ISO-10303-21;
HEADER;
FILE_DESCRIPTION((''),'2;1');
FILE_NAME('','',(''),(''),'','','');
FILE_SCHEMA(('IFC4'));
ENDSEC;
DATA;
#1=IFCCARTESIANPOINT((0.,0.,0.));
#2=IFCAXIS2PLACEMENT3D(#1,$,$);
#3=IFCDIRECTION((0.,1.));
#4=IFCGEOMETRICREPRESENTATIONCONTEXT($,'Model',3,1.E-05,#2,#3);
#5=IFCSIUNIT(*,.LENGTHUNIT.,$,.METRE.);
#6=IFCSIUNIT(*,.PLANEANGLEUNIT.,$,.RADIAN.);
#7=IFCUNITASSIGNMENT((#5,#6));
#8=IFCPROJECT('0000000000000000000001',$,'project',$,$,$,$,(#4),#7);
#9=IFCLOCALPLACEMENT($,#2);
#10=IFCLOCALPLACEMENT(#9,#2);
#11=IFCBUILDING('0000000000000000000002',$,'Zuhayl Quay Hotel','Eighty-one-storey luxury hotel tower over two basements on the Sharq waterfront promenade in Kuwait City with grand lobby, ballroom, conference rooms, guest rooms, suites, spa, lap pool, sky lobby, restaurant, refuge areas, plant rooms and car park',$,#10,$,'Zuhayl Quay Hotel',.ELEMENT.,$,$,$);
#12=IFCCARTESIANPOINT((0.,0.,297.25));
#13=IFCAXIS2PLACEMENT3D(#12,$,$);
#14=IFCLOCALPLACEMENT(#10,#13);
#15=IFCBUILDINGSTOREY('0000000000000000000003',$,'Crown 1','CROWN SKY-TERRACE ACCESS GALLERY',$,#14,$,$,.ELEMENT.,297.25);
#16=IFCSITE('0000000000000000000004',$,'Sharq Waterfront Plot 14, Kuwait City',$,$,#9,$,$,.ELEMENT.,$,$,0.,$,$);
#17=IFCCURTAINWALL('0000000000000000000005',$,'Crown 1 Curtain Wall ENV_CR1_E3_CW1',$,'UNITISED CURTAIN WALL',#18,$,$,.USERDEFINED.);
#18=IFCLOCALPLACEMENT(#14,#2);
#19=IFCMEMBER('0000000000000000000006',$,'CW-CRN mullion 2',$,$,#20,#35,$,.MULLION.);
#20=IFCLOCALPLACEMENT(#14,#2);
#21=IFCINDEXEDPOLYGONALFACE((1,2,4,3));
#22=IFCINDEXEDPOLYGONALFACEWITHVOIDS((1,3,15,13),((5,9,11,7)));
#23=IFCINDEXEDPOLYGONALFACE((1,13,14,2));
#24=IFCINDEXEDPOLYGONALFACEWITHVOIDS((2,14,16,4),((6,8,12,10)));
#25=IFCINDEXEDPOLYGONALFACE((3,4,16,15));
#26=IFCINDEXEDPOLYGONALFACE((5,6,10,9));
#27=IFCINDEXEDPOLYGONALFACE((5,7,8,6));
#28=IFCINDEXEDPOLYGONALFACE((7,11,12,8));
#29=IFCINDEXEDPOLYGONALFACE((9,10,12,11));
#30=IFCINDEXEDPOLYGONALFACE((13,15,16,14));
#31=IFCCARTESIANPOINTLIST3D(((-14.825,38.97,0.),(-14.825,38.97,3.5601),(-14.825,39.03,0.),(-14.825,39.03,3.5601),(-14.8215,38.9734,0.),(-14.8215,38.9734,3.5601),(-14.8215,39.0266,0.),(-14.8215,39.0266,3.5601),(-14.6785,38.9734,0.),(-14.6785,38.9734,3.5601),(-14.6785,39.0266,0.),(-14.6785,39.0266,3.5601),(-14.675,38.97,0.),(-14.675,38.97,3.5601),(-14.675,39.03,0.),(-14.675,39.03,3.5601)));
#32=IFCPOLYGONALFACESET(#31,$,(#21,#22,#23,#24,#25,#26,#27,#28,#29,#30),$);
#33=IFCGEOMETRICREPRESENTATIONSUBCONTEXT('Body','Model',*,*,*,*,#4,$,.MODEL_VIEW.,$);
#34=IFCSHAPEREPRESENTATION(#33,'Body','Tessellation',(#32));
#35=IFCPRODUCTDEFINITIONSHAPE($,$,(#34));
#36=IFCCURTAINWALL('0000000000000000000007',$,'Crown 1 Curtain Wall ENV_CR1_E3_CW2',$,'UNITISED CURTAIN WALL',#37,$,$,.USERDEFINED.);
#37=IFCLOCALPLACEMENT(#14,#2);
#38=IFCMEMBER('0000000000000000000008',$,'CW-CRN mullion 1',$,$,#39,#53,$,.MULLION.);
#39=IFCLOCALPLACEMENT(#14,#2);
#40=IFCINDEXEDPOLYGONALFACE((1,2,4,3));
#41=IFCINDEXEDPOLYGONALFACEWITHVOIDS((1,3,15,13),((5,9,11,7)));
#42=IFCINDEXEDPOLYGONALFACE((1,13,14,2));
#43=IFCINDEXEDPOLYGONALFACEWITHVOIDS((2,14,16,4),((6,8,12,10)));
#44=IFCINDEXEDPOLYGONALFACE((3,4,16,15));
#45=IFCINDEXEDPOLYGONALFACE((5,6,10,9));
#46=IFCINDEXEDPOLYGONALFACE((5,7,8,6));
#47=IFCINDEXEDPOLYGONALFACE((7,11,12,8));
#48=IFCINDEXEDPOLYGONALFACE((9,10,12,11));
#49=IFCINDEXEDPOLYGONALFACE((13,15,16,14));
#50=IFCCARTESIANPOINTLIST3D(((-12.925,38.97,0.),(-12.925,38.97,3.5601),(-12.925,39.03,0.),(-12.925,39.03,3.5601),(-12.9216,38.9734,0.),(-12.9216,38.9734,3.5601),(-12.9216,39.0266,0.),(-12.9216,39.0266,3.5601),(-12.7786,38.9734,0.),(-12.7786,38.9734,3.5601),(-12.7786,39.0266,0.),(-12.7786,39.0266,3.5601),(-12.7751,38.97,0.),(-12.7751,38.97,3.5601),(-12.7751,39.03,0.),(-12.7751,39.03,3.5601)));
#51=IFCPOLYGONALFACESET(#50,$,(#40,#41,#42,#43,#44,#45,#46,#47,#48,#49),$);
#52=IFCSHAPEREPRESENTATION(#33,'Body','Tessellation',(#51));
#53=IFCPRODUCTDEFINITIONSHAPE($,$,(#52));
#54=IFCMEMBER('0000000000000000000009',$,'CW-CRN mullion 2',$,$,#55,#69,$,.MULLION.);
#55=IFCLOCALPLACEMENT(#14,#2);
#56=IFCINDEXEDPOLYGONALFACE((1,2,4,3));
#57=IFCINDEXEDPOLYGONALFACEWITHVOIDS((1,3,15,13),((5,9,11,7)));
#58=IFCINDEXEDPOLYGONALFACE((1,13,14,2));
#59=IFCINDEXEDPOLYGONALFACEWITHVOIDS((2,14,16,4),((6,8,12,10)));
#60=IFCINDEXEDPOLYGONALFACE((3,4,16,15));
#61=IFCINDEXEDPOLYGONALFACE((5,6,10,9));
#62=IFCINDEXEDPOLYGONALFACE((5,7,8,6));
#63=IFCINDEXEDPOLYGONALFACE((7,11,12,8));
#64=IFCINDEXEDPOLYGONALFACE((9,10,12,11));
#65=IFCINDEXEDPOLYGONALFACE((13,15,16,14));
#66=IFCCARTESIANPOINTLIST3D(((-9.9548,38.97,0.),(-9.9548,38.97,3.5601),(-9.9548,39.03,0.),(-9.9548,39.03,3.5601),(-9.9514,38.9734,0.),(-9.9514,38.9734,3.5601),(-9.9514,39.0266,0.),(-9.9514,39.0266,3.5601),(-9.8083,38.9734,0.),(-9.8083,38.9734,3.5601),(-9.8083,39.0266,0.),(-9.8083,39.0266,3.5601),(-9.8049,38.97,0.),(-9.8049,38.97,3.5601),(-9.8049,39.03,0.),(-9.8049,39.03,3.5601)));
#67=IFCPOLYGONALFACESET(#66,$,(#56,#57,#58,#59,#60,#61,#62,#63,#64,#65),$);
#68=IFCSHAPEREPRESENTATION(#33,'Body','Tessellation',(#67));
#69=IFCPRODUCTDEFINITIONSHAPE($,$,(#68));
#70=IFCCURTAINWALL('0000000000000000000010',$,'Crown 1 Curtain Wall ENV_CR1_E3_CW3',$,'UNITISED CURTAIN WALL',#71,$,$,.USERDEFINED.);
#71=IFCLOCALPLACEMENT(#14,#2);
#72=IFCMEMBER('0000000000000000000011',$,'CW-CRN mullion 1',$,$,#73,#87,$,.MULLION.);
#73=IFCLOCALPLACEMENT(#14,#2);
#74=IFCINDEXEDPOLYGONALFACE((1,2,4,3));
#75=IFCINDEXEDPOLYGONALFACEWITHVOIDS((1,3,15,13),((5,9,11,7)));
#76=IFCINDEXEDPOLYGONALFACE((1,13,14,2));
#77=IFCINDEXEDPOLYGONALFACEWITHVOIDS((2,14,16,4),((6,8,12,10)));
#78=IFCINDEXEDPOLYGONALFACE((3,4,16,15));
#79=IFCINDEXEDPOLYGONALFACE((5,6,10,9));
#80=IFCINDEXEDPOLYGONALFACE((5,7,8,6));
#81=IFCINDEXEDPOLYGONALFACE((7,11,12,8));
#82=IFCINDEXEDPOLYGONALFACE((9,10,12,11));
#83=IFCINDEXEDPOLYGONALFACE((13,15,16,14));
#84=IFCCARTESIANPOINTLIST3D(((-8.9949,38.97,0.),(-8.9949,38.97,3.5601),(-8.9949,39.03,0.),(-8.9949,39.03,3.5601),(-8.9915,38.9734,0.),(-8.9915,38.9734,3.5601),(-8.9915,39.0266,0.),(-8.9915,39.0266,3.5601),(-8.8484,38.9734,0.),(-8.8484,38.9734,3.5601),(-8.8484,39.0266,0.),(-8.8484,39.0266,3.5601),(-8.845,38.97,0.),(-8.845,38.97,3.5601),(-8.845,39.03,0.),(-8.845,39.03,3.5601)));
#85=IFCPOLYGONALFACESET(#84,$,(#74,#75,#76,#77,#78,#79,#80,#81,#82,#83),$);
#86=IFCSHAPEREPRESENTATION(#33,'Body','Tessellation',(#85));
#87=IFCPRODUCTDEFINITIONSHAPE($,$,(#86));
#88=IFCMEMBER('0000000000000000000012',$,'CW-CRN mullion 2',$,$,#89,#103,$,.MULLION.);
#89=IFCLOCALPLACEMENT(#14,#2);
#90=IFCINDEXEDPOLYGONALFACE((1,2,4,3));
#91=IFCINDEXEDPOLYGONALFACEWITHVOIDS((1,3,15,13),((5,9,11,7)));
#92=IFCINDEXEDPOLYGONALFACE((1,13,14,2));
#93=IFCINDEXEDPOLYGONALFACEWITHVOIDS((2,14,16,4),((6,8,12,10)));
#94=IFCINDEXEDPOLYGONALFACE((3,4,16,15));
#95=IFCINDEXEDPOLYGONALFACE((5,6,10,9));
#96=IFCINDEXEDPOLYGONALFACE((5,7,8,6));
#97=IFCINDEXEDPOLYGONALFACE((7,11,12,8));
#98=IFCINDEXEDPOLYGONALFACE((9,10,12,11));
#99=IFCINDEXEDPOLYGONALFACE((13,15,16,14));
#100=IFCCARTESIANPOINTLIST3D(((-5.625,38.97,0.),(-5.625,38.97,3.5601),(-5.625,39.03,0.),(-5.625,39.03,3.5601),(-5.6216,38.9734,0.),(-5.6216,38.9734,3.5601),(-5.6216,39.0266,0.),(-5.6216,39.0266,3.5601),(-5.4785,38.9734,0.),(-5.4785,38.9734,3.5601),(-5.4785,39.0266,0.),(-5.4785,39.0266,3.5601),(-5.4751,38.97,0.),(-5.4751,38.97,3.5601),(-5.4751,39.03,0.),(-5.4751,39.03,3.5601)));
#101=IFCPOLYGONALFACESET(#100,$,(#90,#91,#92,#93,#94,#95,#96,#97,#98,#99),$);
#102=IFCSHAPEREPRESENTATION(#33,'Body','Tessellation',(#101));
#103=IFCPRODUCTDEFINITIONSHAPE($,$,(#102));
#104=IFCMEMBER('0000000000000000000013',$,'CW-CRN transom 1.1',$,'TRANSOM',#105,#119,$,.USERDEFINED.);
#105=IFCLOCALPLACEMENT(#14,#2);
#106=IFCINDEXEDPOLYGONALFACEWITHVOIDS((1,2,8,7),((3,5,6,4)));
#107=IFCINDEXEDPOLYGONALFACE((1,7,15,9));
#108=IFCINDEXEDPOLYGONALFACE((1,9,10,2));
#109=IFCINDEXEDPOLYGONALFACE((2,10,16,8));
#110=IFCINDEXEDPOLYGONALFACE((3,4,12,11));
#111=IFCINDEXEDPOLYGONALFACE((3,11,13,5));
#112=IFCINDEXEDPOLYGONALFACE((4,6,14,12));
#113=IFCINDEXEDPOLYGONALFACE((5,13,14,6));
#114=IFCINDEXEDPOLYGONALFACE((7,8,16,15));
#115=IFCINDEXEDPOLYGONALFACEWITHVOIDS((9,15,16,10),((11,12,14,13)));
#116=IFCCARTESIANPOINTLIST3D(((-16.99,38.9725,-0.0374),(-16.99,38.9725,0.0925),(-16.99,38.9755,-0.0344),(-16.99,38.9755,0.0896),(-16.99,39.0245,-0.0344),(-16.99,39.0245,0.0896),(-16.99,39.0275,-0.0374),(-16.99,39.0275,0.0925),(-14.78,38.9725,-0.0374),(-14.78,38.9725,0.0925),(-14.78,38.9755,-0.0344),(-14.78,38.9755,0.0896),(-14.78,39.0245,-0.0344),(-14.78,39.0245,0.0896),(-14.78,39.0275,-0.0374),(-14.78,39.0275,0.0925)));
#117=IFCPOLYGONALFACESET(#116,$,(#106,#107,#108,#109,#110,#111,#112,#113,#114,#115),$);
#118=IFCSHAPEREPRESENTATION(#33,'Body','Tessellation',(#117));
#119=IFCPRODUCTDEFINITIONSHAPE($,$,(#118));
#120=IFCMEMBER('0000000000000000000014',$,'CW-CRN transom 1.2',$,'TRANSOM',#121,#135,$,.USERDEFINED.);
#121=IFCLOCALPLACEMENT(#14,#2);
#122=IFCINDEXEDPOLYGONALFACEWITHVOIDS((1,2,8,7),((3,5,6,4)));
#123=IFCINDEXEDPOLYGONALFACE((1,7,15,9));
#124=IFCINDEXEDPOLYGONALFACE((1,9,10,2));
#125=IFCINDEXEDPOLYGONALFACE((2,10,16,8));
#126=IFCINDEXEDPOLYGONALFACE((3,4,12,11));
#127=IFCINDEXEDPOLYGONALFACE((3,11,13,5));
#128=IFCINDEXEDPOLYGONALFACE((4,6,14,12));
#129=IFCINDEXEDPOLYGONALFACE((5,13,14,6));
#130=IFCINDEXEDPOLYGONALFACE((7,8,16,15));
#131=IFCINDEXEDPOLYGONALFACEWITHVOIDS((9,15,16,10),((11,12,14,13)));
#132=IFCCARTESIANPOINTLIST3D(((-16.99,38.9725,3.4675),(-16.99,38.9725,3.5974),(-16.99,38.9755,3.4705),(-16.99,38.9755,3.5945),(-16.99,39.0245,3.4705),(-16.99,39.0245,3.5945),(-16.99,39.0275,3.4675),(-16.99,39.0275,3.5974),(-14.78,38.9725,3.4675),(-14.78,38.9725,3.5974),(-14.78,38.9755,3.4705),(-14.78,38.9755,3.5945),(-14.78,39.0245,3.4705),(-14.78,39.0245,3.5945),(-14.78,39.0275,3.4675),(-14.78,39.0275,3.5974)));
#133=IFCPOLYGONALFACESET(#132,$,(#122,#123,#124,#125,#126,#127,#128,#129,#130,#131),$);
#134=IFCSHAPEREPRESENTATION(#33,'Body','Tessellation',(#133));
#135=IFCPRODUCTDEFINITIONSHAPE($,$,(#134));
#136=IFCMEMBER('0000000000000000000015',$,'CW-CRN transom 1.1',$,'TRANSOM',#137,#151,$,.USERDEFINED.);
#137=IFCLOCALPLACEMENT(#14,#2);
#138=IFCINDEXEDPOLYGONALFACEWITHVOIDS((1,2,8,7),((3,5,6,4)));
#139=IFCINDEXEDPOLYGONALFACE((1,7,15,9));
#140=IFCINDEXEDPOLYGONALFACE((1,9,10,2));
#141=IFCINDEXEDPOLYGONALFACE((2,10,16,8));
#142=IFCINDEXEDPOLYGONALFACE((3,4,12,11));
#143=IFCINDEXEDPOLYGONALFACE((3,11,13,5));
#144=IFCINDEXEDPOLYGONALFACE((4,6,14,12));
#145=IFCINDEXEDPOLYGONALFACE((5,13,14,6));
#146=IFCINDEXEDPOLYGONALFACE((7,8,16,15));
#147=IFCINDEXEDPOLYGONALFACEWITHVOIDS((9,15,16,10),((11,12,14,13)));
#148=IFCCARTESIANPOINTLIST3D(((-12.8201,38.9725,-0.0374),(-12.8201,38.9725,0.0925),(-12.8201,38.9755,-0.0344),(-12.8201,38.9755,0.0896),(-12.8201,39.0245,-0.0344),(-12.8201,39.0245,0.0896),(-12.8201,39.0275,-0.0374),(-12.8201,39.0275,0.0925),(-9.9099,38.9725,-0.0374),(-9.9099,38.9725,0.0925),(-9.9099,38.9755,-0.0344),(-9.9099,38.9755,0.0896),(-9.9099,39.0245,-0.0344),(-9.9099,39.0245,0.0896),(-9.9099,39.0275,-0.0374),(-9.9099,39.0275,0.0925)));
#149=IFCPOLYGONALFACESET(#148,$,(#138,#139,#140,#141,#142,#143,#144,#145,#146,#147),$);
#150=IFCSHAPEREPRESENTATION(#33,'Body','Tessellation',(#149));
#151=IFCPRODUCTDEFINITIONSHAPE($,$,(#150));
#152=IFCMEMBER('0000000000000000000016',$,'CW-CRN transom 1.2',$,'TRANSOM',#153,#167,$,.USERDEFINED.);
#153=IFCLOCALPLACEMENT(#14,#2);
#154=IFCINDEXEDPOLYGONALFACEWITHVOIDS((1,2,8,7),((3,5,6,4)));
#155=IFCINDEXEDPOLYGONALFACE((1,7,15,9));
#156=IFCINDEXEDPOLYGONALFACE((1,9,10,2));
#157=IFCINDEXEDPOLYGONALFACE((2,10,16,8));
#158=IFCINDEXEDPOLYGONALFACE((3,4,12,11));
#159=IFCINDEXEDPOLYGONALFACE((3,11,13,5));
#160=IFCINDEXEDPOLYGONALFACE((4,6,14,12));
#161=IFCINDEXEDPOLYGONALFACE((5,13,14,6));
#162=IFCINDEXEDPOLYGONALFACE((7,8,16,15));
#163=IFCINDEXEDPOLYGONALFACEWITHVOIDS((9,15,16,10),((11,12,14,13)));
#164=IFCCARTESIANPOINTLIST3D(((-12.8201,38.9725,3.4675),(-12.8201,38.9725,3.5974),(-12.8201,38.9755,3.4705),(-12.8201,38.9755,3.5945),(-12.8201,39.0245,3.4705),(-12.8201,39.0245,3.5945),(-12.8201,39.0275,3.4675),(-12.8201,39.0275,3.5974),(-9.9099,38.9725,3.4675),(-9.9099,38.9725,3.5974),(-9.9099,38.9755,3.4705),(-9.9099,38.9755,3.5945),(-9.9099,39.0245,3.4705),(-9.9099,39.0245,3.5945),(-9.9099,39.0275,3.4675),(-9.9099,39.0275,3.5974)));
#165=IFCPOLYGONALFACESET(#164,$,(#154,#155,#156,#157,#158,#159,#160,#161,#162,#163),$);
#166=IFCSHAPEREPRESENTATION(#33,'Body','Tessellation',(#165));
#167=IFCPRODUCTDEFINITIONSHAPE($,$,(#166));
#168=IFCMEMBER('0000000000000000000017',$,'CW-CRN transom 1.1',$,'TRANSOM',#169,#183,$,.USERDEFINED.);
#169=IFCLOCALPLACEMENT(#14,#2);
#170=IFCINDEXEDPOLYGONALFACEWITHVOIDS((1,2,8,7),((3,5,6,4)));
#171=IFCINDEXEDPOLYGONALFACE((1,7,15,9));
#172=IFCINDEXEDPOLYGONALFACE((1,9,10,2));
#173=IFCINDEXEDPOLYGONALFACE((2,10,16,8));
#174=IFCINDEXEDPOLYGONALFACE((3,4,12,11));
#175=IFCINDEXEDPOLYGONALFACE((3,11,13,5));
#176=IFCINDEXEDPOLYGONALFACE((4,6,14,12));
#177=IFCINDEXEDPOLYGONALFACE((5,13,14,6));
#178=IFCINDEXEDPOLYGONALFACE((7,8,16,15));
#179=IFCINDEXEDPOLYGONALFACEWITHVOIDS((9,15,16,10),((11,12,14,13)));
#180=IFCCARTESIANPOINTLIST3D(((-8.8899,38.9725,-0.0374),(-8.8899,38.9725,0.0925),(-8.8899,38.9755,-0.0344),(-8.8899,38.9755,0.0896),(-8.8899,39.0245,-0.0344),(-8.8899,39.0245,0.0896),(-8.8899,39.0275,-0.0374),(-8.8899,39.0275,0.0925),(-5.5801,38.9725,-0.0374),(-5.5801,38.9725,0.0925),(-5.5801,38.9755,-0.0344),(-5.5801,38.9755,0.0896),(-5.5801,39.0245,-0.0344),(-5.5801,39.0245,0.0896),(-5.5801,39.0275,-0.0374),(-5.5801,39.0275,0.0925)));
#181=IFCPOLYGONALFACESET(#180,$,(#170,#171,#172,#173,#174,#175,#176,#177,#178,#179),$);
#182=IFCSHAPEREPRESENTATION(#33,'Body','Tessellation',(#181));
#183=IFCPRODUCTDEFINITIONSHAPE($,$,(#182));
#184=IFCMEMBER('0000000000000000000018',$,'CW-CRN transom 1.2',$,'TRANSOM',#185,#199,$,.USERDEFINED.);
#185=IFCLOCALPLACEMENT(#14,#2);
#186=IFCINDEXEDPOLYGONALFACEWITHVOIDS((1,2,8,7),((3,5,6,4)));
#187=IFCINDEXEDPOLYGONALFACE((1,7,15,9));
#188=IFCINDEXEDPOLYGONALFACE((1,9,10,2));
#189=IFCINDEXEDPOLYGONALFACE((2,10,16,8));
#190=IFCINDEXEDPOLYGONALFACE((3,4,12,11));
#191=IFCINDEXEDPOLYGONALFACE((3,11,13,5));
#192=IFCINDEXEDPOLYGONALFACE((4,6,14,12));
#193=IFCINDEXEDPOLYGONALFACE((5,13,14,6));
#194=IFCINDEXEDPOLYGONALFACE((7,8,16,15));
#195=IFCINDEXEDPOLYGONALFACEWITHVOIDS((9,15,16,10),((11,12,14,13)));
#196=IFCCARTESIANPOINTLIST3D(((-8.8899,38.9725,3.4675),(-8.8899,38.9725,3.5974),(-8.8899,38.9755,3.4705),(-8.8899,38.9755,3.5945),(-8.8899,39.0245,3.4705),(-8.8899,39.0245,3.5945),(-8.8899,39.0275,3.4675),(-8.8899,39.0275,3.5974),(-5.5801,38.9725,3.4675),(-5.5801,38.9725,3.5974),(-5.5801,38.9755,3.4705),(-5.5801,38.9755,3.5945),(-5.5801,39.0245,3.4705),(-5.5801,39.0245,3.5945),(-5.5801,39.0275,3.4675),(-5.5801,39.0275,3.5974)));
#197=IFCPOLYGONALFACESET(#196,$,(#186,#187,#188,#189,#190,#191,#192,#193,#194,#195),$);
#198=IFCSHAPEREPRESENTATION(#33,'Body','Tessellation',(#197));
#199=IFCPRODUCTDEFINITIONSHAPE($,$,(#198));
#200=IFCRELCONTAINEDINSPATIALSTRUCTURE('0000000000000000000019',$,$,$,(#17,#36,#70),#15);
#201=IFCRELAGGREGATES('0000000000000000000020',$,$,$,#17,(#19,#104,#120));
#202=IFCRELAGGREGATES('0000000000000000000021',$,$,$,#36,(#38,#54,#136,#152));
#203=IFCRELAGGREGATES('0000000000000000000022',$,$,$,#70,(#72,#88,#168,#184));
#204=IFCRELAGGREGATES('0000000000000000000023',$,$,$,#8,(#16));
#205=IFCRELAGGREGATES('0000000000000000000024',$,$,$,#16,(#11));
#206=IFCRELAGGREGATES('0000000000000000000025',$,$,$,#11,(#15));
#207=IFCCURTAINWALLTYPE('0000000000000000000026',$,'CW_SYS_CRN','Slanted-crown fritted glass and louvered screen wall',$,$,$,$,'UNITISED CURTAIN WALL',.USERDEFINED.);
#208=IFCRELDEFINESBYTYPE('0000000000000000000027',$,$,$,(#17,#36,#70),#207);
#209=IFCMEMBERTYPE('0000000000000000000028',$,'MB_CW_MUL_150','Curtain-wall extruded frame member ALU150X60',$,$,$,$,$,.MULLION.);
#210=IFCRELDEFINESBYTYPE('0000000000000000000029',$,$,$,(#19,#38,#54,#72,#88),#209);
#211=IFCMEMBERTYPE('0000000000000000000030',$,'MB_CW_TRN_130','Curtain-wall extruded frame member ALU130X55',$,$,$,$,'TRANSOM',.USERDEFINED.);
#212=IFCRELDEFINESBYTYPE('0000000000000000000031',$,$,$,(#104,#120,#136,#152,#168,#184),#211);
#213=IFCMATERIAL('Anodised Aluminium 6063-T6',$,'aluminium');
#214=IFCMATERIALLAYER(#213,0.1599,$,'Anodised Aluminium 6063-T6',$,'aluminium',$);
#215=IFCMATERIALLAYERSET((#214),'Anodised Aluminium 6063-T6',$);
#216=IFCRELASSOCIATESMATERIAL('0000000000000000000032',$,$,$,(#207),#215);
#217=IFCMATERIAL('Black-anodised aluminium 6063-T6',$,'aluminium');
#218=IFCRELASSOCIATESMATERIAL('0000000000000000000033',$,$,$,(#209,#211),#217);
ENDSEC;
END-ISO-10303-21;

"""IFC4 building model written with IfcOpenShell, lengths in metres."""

from ifc_helpers import new_model, si_unit, direction, frame, origin, origin_2d, place, context, subcontext, project, spatial, hollow_rectangle, extrude, material, layer, layer_set, material_profile, profile_set, type_object, element, aggregate, save


model = new_model("IFC4")

# Units and contexts
model_context = context("Model", 3, precision=1e-05, world=origin(), true_north=direction((0.0, 1.0)))
body_context = subcontext(model_context, "Body", "Model", "MODEL_VIEW")
ifc_project = project(units=[si_unit("LENGTHUNIT", "METRE"), si_unit("PLANEANGLEUNIT", "RADIAN")], contexts=[model_context])

# Site, building, storey
site_placement = place(None, origin())
site = spatial("IfcSite", under=ifc_project, at=site_placement, Name="Sharq Waterfront Plot 14, Kuwait City", CompositionType="ELEMENT", RefElevation=0.0)
building_placement = place(site_placement, origin())
building = spatial("IfcBuilding", under=site, at=building_placement, Name="Zuhayl Quay Hotel", Description="Eighty-one-storey luxury hotel tower over two basements on the Sharq waterfront promenade in Kuwait City with grand lobby, ballroom, conference rooms, guest rooms, suites, spa, lap pool, sky lobby, restaurant, refuge areas, plant rooms and car park", LongName="Zuhayl Quay Hotel", CompositionType="ELEMENT")
storey_placement = place(building_placement, frame((0.0, 0.0, 297.25)))
storey = spatial("IfcBuildingStorey", under=building, at=storey_placement, Name="Crown 1", Description="CROWN SKY-TERRACE ACCESS GALLERY", CompositionType="ELEMENT", Elevation=297.25)

# Shared definitions
ifc_material_1 = material(Name="Anodised Aluminium 6063-T6", Category="aluminium")
ifc_layer_1 = layer(ifc_material_1, 0.1599, Name="Anodised Aluminium 6063-T6", Category="aluminium")
ifc_layer_set_1 = layer_set([ifc_layer_1], Name="Anodised Aluminium 6063-T6")
curtain_wall_type = type_object("IfcCurtainWallType", Name="CW_SYS_CRN", Description="Slanted-crown fritted glass and louvered screen wall", ElementType="UNITISED CURTAIN WALL", PredefinedType="USERDEFINED", material=ifc_layer_set_1)
ifc_material_2 = material(Name="Black-anodised aluminium 6063-T6", Category="aluminium")
ifc_material_profile_1 = material_profile(ifc_material_2, hollow_rectangle(XDim=0.0601, YDim=0.1499, WallThickness=0.0034, at=origin_2d()), Name="ALU150X60")
ifc_profile_set_1 = profile_set([ifc_material_profile_1], Name="Black-anodised aluminium 6063-T6")
member_type_1 = type_object("IfcMemberType", Name="MB_CW_MUL_150", Description="Curtain-wall extruded frame member ALU150X60", PredefinedType="MULLION", material=ifc_profile_set_1)

# Curtain walls, members
curtain_wall_1_placement = place(storey_placement, origin())
curtain_wall_1 = element("IfcCurtainWall", 1, at=curtain_wall_1_placement, inside=storey, type_object=curtain_wall_type, Name="Crown 1 Curtain Wall ENV_CR1_E3_CW1", ObjectType="UNITISED CURTAIN WALL", PredefinedType="USERDEFINED")
member_1_placement = place(storey_placement, frame((-14.75, 39.0, 0.0), z_axis=(0.0, 0.0, 1.0), x_axis=(0.0, 1.0, 0.0)))
member_1 = element("IfcMember", 2, at=member_1_placement, type_object=member_type_1, Name="CW-CRN mullion 2", PredefinedType="MULLION", context=body_context, shape_type="SweptSolid", body=[
    extrude(hollow_rectangle(XDim=0.0601, YDim=0.1499, WallThickness=0.0034, at=origin_2d()), origin(), (0.0, 0.0, 1.0), 3.5601),
])
curtain_wall_2_placement = place(storey_placement, origin())
curtain_wall_2 = element("IfcCurtainWall", 3, at=curtain_wall_2_placement, inside=storey, type_object=curtain_wall_type, Name="Crown 1 Curtain Wall ENV_CR1_E3_CW2", ObjectType="UNITISED CURTAIN WALL", PredefinedType="USERDEFINED")
member_2_placement = place(storey_placement, frame((-12.8501, 39.0, 0.0), z_axis=(0.0, 0.0, 1.0), x_axis=(0.0, 1.0, 0.0)))
member_2 = element("IfcMember", 4, at=member_2_placement, type_object=member_type_1, Name="CW-CRN mullion 1", PredefinedType="MULLION", context=body_context, shape_type="SweptSolid", body=[
    extrude(hollow_rectangle(XDim=0.0601, YDim=0.1499, WallThickness=0.0034, at=origin_2d()), origin(), (0.0, 0.0, 1.0), 3.5601),
])
member_3_placement = place(storey_placement, frame((-9.8799, 39.0, 0.0), z_axis=(0.0, 0.0, 1.0), x_axis=(0.0, 1.0, 0.0)))
member_3 = element("IfcMember", 5, at=member_3_placement, type_object=member_type_1, Name="CW-CRN mullion 2", PredefinedType="MULLION", context=body_context, shape_type="SweptSolid", body=[
    extrude(hollow_rectangle(XDim=0.0601, YDim=0.1499, WallThickness=0.0034, at=origin_2d()), origin(), (0.0, 0.0, 1.0), 3.5601),
])
curtain_wall_3_placement = place(storey_placement, origin())
curtain_wall_3 = element("IfcCurtainWall", 6, at=curtain_wall_3_placement, inside=storey, type_object=curtain_wall_type, Name="Crown 1 Curtain Wall ENV_CR1_E3_CW3", ObjectType="UNITISED CURTAIN WALL", PredefinedType="USERDEFINED")
member_4_placement = place(storey_placement, frame((-8.9199, 39.0, 0.0), z_axis=(0.0, 0.0, 1.0), x_axis=(0.0, 1.0, 0.0)))
member_4 = element("IfcMember", 7, at=member_4_placement, type_object=member_type_1, Name="CW-CRN mullion 1", PredefinedType="MULLION", context=body_context, shape_type="SweptSolid", body=[
    extrude(hollow_rectangle(XDim=0.0601, YDim=0.1499, WallThickness=0.0034, at=origin_2d()), origin(), (0.0, 0.0, 1.0), 3.5601),
])
member_5_placement = place(storey_placement, frame((-5.55, 39.0, 0.0), z_axis=(0.0, 0.0, 1.0), x_axis=(0.0, 1.0, 0.0)))
member_5 = element("IfcMember", 8, at=member_5_placement, type_object=member_type_1, Name="CW-CRN mullion 2", PredefinedType="MULLION", context=body_context, shape_type="SweptSolid", body=[
    extrude(hollow_rectangle(XDim=0.0601, YDim=0.1499, WallThickness=0.0034, at=origin_2d()), origin(), (0.0, 0.0, 1.0), 3.5601),
])

# Members
ifc_material_profile_2 = material_profile(ifc_material_2, hollow_rectangle(XDim=0.0549, YDim=0.1299, WallThickness=0.0029, at=origin_2d()), Name="ALU130X55")
ifc_profile_set_2 = profile_set([ifc_material_profile_2], Name="Black-anodised aluminium 6063-T6")
member_type_2 = type_object("IfcMemberType", Name="MB_CW_TRN_130", Description="Curtain-wall extruded frame member ALU130X55", ElementType="TRANSOM", PredefinedType="USERDEFINED", material=ifc_profile_set_2)
member_6_placement = place(storey_placement, frame((-16.99, 39.0, 0.0276), z_axis=(1.0, 0.0, 0.0), x_axis=(0.0, 1.0, 0.0)))
member_6 = element("IfcMember", 9, at=member_6_placement, type_object=member_type_2, Name="CW-CRN transom 1.1", ObjectType="TRANSOM", PredefinedType="USERDEFINED", context=body_context, shape_type="SweptSolid", body=[
    extrude(hollow_rectangle(XDim=0.0549, YDim=0.1299, WallThickness=0.0029, at=origin_2d()), origin(), (0.0, 0.0, 1.0), 2.21),
])
member_7_placement = place(storey_placement, frame((-16.99, 39.0, 3.5325), z_axis=(1.0, 0.0, 0.0), x_axis=(0.0, 1.0, 0.0)))
member_7 = element("IfcMember", 10, at=member_7_placement, type_object=member_type_2, Name="CW-CRN transom 1.2", ObjectType="TRANSOM", PredefinedType="USERDEFINED", context=body_context, shape_type="SweptSolid", body=[
    extrude(hollow_rectangle(XDim=0.0549, YDim=0.1299, WallThickness=0.0029, at=origin_2d()), origin(), (0.0, 0.0, 1.0), 2.21),
])
member_8_placement = place(storey_placement, frame((-12.8201, 39.0, 0.0276), z_axis=(1.0, 0.0, 0.0), x_axis=(0.0, 1.0, 0.0)))
member_8 = element("IfcMember", 11, at=member_8_placement, type_object=member_type_2, Name="CW-CRN transom 1.1", ObjectType="TRANSOM", PredefinedType="USERDEFINED", context=body_context, shape_type="SweptSolid", body=[
    extrude(hollow_rectangle(XDim=0.0549, YDim=0.1299, WallThickness=0.0029, at=origin_2d()), origin(), (0.0, 0.0, 1.0), 2.9102),
])
member_9_placement = place(storey_placement, frame((-12.8201, 39.0, 3.5325), z_axis=(1.0, 0.0, 0.0), x_axis=(0.0, 1.0, 0.0)))
member_9 = element("IfcMember", 12, at=member_9_placement, type_object=member_type_2, Name="CW-CRN transom 1.2", ObjectType="TRANSOM", PredefinedType="USERDEFINED", context=body_context, shape_type="SweptSolid", body=[
    extrude(hollow_rectangle(XDim=0.0549, YDim=0.1299, WallThickness=0.0029, at=origin_2d()), origin(), (0.0, 0.0, 1.0), 2.9102),
])
member_10_placement = place(storey_placement, frame((-8.8899, 39.0, 0.0276), z_axis=(1.0, 0.0, 0.0), x_axis=(0.0, 1.0, 0.0)))
member_10 = element("IfcMember", 13, at=member_10_placement, type_object=member_type_2, Name="CW-CRN transom 1.1", ObjectType="TRANSOM", PredefinedType="USERDEFINED", context=body_context, shape_type="SweptSolid", body=[
    extrude(hollow_rectangle(XDim=0.0549, YDim=0.1299, WallThickness=0.0029, at=origin_2d()), origin(), (0.0, 0.0, 1.0), 3.3098),
])
member_11_placement = place(storey_placement, frame((-8.8899, 39.0, 3.5325), z_axis=(1.0, 0.0, 0.0), x_axis=(0.0, 1.0, 0.0)))
member_11 = element("IfcMember", 14, at=member_11_placement, type_object=member_type_2, Name="CW-CRN transom 1.2", ObjectType="TRANSOM", PredefinedType="USERDEFINED", context=body_context, shape_type="SweptSolid", body=[
    extrude(hollow_rectangle(XDim=0.0549, YDim=0.1299, WallThickness=0.0029, at=origin_2d()), origin(), (0.0, 0.0, 1.0), 3.3098),
])

aggregate(curtain_wall_1, [member_1, member_6, member_7])
aggregate(curtain_wall_2, [member_2, member_3, member_8, member_9])
aggregate(curtain_wall_3, [member_4, member_5, member_10, member_11])

save(model, "model.ifc")
